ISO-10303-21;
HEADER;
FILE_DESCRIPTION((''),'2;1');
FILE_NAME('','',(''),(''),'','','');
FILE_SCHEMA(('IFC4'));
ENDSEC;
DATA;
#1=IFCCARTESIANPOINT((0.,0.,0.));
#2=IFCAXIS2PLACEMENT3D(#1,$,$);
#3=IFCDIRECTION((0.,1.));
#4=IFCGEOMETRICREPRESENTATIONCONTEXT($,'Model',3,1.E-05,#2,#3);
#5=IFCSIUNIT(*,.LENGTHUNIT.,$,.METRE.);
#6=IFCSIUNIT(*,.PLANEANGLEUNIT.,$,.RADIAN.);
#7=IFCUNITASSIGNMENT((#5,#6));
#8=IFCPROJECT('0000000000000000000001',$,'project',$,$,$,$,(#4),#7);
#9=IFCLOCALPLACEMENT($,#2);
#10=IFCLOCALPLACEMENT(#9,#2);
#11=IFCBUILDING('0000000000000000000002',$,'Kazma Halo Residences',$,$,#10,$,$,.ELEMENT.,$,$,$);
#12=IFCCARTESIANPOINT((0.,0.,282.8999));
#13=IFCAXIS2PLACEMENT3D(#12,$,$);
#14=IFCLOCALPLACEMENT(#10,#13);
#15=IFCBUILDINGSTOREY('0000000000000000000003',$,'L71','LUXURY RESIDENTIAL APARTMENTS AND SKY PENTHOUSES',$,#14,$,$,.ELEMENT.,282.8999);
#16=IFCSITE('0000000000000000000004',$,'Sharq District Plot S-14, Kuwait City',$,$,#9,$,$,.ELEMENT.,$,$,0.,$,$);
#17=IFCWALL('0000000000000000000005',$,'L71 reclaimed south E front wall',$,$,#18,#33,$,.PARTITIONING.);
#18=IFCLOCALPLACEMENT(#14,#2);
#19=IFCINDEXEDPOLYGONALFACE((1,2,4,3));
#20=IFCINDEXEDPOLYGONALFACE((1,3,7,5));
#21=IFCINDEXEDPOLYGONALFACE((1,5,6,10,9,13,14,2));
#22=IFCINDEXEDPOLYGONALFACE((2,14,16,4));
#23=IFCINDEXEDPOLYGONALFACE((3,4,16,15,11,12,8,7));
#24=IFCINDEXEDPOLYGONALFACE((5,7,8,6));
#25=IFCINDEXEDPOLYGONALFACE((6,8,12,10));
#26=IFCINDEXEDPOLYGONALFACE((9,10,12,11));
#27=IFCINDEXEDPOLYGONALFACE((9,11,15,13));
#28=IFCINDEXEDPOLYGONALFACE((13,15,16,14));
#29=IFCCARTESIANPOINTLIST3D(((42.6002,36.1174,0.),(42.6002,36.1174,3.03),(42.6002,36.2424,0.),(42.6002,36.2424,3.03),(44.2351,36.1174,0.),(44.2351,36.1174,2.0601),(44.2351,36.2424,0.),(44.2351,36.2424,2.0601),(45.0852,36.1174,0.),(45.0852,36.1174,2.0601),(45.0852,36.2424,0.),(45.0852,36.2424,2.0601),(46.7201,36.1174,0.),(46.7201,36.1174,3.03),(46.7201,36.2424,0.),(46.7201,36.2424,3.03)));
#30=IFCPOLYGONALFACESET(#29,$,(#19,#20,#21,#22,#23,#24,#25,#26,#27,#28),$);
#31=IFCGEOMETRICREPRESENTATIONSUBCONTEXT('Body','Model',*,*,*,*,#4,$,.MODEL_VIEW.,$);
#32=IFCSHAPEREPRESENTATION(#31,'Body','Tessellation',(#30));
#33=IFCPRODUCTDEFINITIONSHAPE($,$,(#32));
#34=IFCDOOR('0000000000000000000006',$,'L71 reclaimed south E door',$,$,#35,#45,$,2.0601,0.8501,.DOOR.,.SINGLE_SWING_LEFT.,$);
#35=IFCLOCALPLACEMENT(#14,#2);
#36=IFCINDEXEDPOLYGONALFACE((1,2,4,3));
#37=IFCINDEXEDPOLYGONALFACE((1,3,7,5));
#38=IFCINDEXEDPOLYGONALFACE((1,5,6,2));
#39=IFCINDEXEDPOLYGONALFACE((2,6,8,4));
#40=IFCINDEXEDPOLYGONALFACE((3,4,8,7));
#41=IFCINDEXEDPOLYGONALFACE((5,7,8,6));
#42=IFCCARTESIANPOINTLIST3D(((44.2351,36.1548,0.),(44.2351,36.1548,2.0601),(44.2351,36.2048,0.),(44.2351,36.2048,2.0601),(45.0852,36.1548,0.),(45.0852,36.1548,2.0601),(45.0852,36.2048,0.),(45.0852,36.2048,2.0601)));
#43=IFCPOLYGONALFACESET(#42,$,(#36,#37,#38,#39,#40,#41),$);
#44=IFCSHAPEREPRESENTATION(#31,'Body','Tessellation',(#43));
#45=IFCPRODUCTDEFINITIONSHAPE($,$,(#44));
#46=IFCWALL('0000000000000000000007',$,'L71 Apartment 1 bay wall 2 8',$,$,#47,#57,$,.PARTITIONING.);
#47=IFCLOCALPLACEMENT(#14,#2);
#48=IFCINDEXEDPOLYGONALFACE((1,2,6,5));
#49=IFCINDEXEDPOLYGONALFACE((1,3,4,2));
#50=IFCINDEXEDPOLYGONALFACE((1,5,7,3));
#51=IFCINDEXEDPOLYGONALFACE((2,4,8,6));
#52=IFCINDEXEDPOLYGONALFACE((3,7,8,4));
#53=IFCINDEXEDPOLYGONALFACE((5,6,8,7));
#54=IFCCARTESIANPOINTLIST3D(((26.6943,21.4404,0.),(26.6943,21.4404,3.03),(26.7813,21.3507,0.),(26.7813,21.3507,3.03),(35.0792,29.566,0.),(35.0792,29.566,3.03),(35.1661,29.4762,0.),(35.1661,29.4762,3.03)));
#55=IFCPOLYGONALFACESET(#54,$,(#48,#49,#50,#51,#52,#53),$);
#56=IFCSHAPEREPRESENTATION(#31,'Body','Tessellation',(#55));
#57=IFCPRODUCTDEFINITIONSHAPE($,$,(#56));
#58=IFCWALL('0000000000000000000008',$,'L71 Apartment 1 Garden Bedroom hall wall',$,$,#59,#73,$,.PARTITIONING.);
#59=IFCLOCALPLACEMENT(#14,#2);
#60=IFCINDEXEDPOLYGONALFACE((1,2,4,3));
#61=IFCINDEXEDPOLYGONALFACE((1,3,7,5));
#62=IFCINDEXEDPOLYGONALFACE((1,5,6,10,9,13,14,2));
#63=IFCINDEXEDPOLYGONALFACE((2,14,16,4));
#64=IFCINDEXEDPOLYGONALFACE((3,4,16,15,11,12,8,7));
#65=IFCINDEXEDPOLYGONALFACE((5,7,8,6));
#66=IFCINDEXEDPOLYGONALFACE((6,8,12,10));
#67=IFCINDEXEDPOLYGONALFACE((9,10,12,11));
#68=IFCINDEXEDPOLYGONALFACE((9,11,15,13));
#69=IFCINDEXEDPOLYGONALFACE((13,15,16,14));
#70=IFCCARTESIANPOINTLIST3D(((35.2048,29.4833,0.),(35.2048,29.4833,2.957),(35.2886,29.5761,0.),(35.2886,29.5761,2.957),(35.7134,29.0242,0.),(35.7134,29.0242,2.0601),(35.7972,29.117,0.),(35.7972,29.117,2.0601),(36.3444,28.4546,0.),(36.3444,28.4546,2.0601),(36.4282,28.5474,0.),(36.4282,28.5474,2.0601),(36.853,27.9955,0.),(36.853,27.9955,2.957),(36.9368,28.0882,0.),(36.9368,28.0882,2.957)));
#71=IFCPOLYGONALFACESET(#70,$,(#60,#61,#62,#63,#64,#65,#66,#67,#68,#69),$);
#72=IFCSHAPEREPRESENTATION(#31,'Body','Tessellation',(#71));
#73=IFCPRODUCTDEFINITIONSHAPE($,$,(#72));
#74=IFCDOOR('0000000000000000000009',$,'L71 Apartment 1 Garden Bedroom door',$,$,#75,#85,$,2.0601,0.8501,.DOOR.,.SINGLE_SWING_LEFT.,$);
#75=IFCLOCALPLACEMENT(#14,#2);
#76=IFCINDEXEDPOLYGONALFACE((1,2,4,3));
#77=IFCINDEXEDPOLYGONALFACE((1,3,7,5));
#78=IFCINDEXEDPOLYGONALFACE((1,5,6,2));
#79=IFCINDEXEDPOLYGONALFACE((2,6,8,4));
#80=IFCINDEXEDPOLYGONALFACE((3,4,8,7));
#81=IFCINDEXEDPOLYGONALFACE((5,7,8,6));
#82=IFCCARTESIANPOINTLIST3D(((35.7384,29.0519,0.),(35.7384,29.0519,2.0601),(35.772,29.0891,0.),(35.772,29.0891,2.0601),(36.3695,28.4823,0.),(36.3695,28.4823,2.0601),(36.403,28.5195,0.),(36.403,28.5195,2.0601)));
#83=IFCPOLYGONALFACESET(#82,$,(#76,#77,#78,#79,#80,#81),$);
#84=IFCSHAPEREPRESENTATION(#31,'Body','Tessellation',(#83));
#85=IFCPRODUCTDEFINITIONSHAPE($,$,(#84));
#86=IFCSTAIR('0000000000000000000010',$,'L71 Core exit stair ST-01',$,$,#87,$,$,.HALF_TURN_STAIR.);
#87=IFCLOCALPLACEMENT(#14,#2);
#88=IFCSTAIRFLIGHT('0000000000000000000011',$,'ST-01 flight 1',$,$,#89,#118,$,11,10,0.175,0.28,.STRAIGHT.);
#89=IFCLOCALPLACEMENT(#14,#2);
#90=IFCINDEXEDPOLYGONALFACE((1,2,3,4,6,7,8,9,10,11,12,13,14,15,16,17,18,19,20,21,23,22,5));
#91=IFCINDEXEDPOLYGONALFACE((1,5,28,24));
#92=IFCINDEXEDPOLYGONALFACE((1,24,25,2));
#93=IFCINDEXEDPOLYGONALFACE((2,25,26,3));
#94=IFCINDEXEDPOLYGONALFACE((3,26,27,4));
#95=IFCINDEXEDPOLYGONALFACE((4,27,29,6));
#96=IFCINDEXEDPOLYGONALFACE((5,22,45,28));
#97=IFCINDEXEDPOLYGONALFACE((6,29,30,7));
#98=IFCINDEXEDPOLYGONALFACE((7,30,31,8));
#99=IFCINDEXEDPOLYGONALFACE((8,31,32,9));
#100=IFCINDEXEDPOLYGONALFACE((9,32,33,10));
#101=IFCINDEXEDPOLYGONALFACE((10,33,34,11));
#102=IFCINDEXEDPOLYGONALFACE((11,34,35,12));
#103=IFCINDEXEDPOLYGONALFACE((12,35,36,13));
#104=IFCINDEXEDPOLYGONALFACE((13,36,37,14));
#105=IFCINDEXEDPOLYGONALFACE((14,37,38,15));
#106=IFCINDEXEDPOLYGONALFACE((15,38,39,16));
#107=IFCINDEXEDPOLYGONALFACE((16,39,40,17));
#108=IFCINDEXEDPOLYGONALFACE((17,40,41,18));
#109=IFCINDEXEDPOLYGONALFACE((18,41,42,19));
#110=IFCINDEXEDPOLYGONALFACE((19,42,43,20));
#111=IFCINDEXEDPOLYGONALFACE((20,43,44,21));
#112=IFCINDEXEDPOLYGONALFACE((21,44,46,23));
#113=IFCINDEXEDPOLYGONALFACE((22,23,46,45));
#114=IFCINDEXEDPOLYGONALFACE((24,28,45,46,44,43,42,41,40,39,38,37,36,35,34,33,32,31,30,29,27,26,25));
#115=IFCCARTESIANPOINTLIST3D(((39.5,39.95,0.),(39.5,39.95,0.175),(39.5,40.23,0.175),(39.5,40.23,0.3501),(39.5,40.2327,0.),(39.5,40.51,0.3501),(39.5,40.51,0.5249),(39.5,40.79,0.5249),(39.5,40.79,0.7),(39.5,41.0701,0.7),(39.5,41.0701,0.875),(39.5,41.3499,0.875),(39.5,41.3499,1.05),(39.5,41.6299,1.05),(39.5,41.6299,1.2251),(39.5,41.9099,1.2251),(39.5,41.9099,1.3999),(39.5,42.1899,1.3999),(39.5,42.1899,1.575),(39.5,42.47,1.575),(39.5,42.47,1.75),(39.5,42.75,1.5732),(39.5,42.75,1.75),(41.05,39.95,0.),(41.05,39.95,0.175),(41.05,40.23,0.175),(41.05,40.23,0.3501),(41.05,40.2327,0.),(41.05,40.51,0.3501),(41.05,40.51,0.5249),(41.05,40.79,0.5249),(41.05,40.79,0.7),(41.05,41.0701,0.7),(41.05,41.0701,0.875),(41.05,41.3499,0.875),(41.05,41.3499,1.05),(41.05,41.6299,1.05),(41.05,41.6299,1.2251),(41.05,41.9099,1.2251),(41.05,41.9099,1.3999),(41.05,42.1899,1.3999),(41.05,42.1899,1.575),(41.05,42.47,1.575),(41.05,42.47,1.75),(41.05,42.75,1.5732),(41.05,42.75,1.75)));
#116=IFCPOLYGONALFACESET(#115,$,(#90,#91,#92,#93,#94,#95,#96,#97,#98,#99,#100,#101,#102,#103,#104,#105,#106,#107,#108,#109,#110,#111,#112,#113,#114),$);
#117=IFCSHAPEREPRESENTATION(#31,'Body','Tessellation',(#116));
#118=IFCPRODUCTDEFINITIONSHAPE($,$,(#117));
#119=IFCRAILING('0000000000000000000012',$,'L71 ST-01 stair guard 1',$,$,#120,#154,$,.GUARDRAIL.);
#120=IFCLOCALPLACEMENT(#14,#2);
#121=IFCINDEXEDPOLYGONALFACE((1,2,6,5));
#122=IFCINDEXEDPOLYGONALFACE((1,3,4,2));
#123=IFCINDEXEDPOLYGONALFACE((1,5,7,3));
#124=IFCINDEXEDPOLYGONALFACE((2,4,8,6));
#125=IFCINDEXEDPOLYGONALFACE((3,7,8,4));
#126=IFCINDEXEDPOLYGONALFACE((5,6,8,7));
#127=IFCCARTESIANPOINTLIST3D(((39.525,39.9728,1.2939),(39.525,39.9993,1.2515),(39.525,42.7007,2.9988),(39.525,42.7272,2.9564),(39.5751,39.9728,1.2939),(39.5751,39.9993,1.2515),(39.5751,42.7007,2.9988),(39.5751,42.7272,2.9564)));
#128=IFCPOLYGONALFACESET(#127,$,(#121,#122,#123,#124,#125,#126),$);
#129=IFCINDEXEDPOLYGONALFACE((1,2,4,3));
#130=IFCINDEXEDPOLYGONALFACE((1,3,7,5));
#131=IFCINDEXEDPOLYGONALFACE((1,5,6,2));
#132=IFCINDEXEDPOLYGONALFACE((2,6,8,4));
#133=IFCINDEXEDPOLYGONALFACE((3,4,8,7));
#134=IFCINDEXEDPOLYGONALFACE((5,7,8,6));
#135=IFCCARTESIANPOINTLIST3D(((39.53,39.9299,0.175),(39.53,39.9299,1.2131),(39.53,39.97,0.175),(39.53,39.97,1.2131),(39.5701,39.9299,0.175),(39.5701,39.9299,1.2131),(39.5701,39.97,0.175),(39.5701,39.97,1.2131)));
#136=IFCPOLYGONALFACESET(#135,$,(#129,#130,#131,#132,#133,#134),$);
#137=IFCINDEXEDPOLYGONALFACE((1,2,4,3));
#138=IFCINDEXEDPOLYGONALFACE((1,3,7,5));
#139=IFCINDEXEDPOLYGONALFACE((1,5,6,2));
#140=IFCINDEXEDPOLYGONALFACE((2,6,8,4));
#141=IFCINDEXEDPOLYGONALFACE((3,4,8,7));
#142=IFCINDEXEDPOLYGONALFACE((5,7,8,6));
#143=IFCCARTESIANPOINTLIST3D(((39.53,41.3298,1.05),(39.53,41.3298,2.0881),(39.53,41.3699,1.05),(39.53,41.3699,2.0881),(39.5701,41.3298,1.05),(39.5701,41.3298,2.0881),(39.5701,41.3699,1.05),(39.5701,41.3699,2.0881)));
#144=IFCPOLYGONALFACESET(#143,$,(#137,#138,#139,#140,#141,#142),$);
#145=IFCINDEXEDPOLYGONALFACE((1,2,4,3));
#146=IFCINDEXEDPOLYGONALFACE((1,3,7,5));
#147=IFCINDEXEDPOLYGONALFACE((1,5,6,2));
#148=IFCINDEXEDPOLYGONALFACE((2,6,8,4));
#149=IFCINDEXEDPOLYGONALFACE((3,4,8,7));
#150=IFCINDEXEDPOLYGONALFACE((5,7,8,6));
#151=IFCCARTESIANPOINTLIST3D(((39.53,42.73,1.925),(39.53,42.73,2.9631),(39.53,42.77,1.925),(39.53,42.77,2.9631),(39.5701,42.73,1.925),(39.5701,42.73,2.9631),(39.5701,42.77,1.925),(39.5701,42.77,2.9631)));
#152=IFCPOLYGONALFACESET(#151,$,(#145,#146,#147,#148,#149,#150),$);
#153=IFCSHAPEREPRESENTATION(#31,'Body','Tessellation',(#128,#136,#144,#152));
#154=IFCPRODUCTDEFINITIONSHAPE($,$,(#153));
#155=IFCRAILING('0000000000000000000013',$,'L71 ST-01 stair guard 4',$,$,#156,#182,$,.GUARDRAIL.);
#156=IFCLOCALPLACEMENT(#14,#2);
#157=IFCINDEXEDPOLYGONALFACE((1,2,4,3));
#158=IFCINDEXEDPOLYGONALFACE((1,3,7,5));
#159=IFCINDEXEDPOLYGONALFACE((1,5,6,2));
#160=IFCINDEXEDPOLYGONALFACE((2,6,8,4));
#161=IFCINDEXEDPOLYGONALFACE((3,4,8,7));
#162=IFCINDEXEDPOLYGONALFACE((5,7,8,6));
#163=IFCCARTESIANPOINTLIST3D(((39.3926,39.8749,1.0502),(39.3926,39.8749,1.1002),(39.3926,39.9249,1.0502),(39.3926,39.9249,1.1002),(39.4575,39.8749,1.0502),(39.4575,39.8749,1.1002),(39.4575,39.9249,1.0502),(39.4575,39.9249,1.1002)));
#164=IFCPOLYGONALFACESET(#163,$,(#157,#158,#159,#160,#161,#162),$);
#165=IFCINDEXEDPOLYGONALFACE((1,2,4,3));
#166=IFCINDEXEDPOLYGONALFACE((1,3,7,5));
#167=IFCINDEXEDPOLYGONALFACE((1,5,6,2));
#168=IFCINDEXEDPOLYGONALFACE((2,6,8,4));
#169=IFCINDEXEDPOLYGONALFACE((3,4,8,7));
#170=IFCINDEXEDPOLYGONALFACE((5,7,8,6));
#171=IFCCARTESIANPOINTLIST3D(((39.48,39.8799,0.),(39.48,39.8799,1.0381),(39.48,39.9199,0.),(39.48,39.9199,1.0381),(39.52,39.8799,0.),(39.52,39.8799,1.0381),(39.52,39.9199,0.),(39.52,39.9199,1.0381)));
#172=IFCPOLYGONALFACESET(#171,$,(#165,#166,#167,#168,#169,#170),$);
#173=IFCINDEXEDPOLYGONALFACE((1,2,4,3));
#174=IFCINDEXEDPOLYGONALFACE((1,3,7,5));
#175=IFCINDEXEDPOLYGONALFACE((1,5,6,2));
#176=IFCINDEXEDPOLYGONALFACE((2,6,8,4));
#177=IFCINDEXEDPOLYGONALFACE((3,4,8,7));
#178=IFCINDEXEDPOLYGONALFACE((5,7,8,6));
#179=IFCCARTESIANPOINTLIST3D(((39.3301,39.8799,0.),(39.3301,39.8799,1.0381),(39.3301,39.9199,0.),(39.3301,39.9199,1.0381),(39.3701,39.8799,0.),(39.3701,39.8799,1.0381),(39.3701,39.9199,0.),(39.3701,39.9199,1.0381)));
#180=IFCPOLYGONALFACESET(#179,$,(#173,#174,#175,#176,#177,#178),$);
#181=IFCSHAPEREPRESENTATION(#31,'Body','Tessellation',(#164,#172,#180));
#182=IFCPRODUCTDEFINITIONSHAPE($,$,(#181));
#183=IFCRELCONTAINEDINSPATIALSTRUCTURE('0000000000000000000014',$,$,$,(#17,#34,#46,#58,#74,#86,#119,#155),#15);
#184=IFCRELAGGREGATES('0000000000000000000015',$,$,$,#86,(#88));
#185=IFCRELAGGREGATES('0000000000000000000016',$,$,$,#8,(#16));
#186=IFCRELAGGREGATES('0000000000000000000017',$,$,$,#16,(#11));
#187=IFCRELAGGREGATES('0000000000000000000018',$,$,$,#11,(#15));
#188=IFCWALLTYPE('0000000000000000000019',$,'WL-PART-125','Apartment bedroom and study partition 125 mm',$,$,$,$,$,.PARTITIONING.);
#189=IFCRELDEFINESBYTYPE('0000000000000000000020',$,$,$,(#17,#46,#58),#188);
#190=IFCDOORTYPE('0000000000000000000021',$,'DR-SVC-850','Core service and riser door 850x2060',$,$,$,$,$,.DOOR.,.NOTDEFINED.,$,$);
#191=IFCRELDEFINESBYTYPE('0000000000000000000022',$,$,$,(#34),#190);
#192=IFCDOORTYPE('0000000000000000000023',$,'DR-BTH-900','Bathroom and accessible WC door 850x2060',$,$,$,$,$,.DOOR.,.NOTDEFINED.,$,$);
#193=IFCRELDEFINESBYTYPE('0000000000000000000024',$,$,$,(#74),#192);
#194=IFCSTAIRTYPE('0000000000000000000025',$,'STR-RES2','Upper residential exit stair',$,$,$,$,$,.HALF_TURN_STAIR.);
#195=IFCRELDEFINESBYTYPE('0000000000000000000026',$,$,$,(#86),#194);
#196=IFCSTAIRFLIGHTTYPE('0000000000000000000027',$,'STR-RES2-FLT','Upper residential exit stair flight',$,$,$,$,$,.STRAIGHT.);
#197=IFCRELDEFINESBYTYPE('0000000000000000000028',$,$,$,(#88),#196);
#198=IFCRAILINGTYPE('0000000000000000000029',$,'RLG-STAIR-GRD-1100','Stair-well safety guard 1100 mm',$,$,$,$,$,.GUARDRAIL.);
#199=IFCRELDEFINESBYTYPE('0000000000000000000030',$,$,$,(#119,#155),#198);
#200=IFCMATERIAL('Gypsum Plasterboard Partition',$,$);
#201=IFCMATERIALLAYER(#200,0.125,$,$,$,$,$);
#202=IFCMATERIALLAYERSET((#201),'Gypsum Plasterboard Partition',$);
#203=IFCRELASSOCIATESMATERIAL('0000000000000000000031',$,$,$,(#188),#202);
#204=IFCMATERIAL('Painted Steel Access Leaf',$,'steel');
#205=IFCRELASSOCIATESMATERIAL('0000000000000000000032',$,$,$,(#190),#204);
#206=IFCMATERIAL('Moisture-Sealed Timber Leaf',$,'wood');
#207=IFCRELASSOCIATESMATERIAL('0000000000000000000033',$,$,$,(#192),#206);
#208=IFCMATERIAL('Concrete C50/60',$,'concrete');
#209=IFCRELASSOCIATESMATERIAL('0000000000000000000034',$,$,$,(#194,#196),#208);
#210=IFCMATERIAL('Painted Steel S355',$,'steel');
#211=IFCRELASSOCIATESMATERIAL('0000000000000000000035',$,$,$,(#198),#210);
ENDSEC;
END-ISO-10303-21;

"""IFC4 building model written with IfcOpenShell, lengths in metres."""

from ifc_helpers import new_model, si_unit, direction, frame, frame_2d, origin, origin_2d, place, context, subcontext, project, spatial, polyline, rectangle, outline, extrude, material, layer, layer_set, type_object, element, fill, aggregate, save


model = new_model("IFC4")

# Units and contexts
model_context = context("Model", 3, precision=1e-05, world=origin(), true_north=direction((0.0, 1.0)))
body_context = subcontext(model_context, "Body", "Model", "MODEL_VIEW")
ifc_project = project(units=[si_unit("LENGTHUNIT", "METRE"), si_unit("PLANEANGLEUNIT", "RADIAN")], contexts=[model_context])

# Site, building, storey
site_placement = place(None, origin())
site = spatial("IfcSite", under=ifc_project, at=site_placement, Name="Sharq District Plot S-14, Kuwait City", CompositionType="ELEMENT", RefElevation=0.0)
building_placement = place(site_placement, origin())
building = spatial("IfcBuilding", under=site, at=building_placement, Name="Kazma Halo Residences", CompositionType="ELEMENT")
storey_placement = place(building_placement, frame((0.0, 0.0, 282.8999)))
storey = spatial("IfcBuildingStorey", under=building, at=storey_placement, Name="L71", Description="LUXURY RESIDENTIAL APARTMENTS AND SKY PENTHOUSES", CompositionType="ELEMENT", Elevation=282.8999)

# Shared definitions
ifc_material_1 = material(Name="Gypsum Plasterboard Partition")
ifc_layer_1 = layer(ifc_material_1, 0.125)
ifc_layer_set_1 = layer_set([ifc_layer_1], Name="Gypsum Plasterboard Partition")
wall_type_1 = type_object("IfcWallType", Name="WL-PART-125", Description="Apartment bedroom and study partition 125 mm", PredefinedType="PARTITIONING", material=ifc_layer_set_1)

# Wall, opening, door
ifc_material_2 = material(Name="Painted Steel Access Leaf", Category="steel")
door_type_1 = type_object("IfcDoorType", Name="DR-SVC-850", Description="Core service and riser door 850x2060", OperationType="NOTDEFINED", PredefinedType="DOOR", material=ifc_material_2)
wall_1_placement = place(storey_placement, frame((42.6001, 36.1799, 0.0), z_axis=(0.0, 0.0, 1.0), x_axis=(1.0, 0.0, 0.0)))
wall_1 = element("IfcWall", 1, at=wall_1_placement, inside=storey, type_object=wall_type_1, Name="L71 reclaimed south E front wall", PredefinedType="PARTITIONING", context=body_context, shape_type="SweptSolid", body=[
    extrude(rectangle(XDim=4.1199, YDim=0.125, at=frame_2d((2.0601, 0.0))), origin(), (0.0, 0.0, 1.0), 3.03),
])
opening_1_placement = place(wall_1_placement, frame((1.635, 0.0, 0.0)))
opening_1 = element("IfcOpeningElement", 2, at=opening_1_placement, cuts=wall_1, PredefinedType="OPENING", context=body_context, shape_type="SweptSolid", body=[
    extrude(rectangle(XDim=0.8501, YDim=2.0601, at=frame_2d((0.425, 1.03))), frame((0.0, 0.0725, 0.0), z_axis=(0.0, -1.0, 0.0), x_axis=(1.0, 0.0, 0.0)), (0.0, 0.0, 1.0), 0.145),
])
door_1_placement = place(opening_1_placement, origin())
door_1 = element("IfcDoor", 3, at=door_1_placement, inside=storey, type_object=door_type_1, Name="L71 reclaimed south E door", OperationType="SINGLE_SWING_LEFT", OverallHeight=2.0601, OverallWidth=0.8501, PredefinedType="DOOR", context=body_context, shape_type="SweptSolid", body=[
    extrude(rectangle(XDim=0.8501, YDim=2.0601, at=frame_2d((0.425, 1.03))), frame((0.0, 0.0249, 0.0), z_axis=(0.0, -1.0, 0.0), x_axis=(1.0, 0.0, 0.0)), (0.0, 0.0, 1.0), 0.05),
])
fill(opening_1, door_1)

# Wall
wall_2_placement = place(storey_placement, frame((35.1226, 29.521, 0.0), z_axis=(0.0, 0.0, 1.0), x_axis=(-0.718123, -0.695917, 0.0)))
element("IfcWall", 4, at=wall_2_placement, inside=storey, type_object=wall_type_1, Name="L71 Apartment 1 bay wall 2 8", PredefinedType="PARTITIONING", context=body_context, shape_type="SweptSolid", body=[
    extrude(rectangle(XDim=11.676, YDim=0.125, at=frame_2d((5.8379, 0.0))), origin(), (0.0, 0.0, 1.0), 3.03),
])

# Wall, opening, door
wall_3_placement = place(storey_placement, frame((35.2466, 29.5298, 0.0), z_axis=(0.0, 0.0, 1.0), x_axis=(0.742304, -0.670064, 0.0)))
wall_3 = element("IfcWall", 5, at=wall_3_placement, inside=storey, type_object=wall_type_1, Name="L71 Apartment 1 Garden Bedroom hall wall", PredefinedType="PARTITIONING", context=body_context, shape_type="SweptSolid", body=[
    extrude(rectangle(XDim=2.2205, YDim=0.125, at=frame_2d((1.1104, 0.0))), origin(), (0.0, 0.0, 1.0), 2.957),
])
opening_2_placement = place(wall_3_placement, frame((0.6853, 0.0, 0.0)))
opening_2 = element("IfcOpeningElement", 6, at=opening_2_placement, cuts=wall_3, PredefinedType="OPENING", context=body_context, shape_type="SweptSolid", body=[
    extrude(rectangle(XDim=0.8501, YDim=2.0601, at=frame_2d((0.425, 1.03))), frame((0.0, 0.0725, 0.0), z_axis=(0.0, -1.0, 0.0), x_axis=(1.0, 0.0, 0.0)), (0.0, 0.0, 1.0), 0.145),
])
ifc_material_3 = material(Name="Moisture-Sealed Timber Leaf", Category="wood")
door_type_2 = type_object("IfcDoorType", Name="DR-BTH-900", Description="Bathroom and accessible WC door 850x2060", OperationType="NOTDEFINED", PredefinedType="DOOR", material=ifc_material_3)
door_2_placement = place(opening_2_placement, origin())
door_2 = element("IfcDoor", 7, at=door_2_placement, inside=storey, type_object=door_type_2, Name="L71 Apartment 1 Garden Bedroom door", OperationType="SINGLE_SWING_LEFT", OverallHeight=2.0601, OverallWidth=0.8501, PredefinedType="DOOR", context=body_context, shape_type="SweptSolid", body=[
    extrude(rectangle(XDim=0.8501, YDim=2.0601, at=frame_2d((0.425, 1.03))), frame((0.0, 0.0249, 0.0), z_axis=(0.0, -1.0, 0.0), x_axis=(1.0, 0.0, 0.0)), (0.0, 0.0, 1.0), 0.05),
])
fill(opening_2, door_2)
ifc_material_4 = material(Name="Concrete C50/60", Category="concrete")

# Stair, stair flight
stair_type = type_object("IfcStairType", Name="STR-RES2", Description="Upper residential exit stair", PredefinedType="HALF_TURN_STAIR", material=ifc_material_4)
stair_placement = place(storey_placement, origin())
stair = element("IfcStair", 8, at=stair_placement, inside=storey, type_object=stair_type, Name="L71 Core exit stair ST-01", PredefinedType="HALF_TURN_STAIR")
stair_flight_type = type_object("IfcStairFlightType", Name="STR-RES2-FLT", Description="Upper residential exit stair flight", PredefinedType="STRAIGHT", material=ifc_material_4)
stair_flight_placement = place(storey_placement, frame((40.2749, 39.95, 0.0), z_axis=(0.0, 0.0, 1.0), x_axis=(0.0, 1.0, 0.0)))
stair_flight = element("IfcStairFlight", 9, at=stair_flight_placement, type_object=stair_flight_type, Name="ST-01 flight 1", NumberOfRisers=11, NumberOfTreads=10, PredefinedType="STRAIGHT", RiserHeight=0.175, TreadLength=0.28, context=body_context, shape_type="SweptSolid", body=[
    extrude(outline(polyline([(0.0, 0.0), (0.0, 0.175), (0.28, 0.175), (0.28, 0.3501), (0.5601, 0.3501), (0.5601, 0.5249), (0.8401, 0.5249), (0.8401, 0.7), (1.1201, 0.7), (1.1201, 0.875), (1.3999, 0.875), (1.3999, 1.05), (1.6799, 1.05), (1.6799, 1.2251), (1.96, 1.2251), (1.96, 1.3999), (2.24, 1.3999), (2.24, 1.575), (2.52, 1.575), (2.52, 1.75), (2.8, 1.75), (2.8, 1.925), (2.8, 1.5732), (0.2827, 0.0), (0.0, 0.0)])), frame((0.0, 0.7749, 0.0), z_axis=(0.0, -1.0, 0.0), x_axis=(1.0, 0.0, 0.0)), (0.0, 0.0, 1.0), 1.55),
])
aggregate(stair, [stair_flight])

# Railings
ifc_material_5 = material(Name="Painted Steel S355", Category="steel")
railing_type_1 = type_object("IfcRailingType", Name="RLG-STAIR-GRD-1100", Description="Stair-well safety guard 1100 mm", PredefinedType="GUARDRAIL", material=ifc_material_5)
railing_1_placement = place(storey_placement, frame((39.55, 39.95, 0.175)))
element("IfcRailing", 10, at=railing_1_placement, inside=storey, type_object=railing_type_1, Name="L71 ST-01 stair guard 1", PredefinedType="GUARDRAIL", context=body_context, shape_type="SweptSolid", body=[
    extrude(rectangle(XDim=0.05, YDim=0.05, at=origin_2d()), frame((0.0, 0.0361, 1.0977), z_axis=(0.0, 0.848002, 0.529992), x_axis=(-1.0, 0.0, 0.0)), (0.0, 0.0, 1.0), 3.2168),
    extrude(rectangle(XDim=0.04, YDim=0.04, at=origin_2d()), origin(), (0.0, 0.0, 1.0), 1.0381),
    extrude(rectangle(XDim=0.04, YDim=0.04, at=origin_2d()), frame((0.0, 1.3999, 0.875)), (0.0, 0.0, 1.0), 1.0381),
    extrude(rectangle(XDim=0.04, YDim=0.04, at=origin_2d()), frame((0.0, 2.8, 1.75)), (0.0, 0.0, 1.0), 1.0381),
])
railing_2_placement = place(storey_placement, frame((39.5, 39.8999, 0.0)))
element("IfcRailing", 11, at=railing_2_placement, inside=storey, type_object=railing_type_1, Name="L71 ST-01 stair guard 4", PredefinedType="GUARDRAIL", context=body_context, shape_type="SweptSolid", body=[
    extrude(rectangle(XDim=0.05, YDim=0.05, at=origin_2d()), frame((-0.0425, 0.0, 1.0752), z_axis=(-1.0, 0.0, 0.0), x_axis=(0.0, -1.0, 0.0)), (0.0, 0.0, 1.0), 0.0649),
    extrude(rectangle(XDim=0.04, YDim=0.04, at=origin_2d()), origin(), (0.0, 0.0, 1.0), 1.0381),
    extrude(rectangle(XDim=0.04, YDim=0.04, at=origin_2d()), frame((-0.1499, 0.0, 0.0)), (0.0, 0.0, 1.0), 1.0381),
])

save(model, "model.ifc")
